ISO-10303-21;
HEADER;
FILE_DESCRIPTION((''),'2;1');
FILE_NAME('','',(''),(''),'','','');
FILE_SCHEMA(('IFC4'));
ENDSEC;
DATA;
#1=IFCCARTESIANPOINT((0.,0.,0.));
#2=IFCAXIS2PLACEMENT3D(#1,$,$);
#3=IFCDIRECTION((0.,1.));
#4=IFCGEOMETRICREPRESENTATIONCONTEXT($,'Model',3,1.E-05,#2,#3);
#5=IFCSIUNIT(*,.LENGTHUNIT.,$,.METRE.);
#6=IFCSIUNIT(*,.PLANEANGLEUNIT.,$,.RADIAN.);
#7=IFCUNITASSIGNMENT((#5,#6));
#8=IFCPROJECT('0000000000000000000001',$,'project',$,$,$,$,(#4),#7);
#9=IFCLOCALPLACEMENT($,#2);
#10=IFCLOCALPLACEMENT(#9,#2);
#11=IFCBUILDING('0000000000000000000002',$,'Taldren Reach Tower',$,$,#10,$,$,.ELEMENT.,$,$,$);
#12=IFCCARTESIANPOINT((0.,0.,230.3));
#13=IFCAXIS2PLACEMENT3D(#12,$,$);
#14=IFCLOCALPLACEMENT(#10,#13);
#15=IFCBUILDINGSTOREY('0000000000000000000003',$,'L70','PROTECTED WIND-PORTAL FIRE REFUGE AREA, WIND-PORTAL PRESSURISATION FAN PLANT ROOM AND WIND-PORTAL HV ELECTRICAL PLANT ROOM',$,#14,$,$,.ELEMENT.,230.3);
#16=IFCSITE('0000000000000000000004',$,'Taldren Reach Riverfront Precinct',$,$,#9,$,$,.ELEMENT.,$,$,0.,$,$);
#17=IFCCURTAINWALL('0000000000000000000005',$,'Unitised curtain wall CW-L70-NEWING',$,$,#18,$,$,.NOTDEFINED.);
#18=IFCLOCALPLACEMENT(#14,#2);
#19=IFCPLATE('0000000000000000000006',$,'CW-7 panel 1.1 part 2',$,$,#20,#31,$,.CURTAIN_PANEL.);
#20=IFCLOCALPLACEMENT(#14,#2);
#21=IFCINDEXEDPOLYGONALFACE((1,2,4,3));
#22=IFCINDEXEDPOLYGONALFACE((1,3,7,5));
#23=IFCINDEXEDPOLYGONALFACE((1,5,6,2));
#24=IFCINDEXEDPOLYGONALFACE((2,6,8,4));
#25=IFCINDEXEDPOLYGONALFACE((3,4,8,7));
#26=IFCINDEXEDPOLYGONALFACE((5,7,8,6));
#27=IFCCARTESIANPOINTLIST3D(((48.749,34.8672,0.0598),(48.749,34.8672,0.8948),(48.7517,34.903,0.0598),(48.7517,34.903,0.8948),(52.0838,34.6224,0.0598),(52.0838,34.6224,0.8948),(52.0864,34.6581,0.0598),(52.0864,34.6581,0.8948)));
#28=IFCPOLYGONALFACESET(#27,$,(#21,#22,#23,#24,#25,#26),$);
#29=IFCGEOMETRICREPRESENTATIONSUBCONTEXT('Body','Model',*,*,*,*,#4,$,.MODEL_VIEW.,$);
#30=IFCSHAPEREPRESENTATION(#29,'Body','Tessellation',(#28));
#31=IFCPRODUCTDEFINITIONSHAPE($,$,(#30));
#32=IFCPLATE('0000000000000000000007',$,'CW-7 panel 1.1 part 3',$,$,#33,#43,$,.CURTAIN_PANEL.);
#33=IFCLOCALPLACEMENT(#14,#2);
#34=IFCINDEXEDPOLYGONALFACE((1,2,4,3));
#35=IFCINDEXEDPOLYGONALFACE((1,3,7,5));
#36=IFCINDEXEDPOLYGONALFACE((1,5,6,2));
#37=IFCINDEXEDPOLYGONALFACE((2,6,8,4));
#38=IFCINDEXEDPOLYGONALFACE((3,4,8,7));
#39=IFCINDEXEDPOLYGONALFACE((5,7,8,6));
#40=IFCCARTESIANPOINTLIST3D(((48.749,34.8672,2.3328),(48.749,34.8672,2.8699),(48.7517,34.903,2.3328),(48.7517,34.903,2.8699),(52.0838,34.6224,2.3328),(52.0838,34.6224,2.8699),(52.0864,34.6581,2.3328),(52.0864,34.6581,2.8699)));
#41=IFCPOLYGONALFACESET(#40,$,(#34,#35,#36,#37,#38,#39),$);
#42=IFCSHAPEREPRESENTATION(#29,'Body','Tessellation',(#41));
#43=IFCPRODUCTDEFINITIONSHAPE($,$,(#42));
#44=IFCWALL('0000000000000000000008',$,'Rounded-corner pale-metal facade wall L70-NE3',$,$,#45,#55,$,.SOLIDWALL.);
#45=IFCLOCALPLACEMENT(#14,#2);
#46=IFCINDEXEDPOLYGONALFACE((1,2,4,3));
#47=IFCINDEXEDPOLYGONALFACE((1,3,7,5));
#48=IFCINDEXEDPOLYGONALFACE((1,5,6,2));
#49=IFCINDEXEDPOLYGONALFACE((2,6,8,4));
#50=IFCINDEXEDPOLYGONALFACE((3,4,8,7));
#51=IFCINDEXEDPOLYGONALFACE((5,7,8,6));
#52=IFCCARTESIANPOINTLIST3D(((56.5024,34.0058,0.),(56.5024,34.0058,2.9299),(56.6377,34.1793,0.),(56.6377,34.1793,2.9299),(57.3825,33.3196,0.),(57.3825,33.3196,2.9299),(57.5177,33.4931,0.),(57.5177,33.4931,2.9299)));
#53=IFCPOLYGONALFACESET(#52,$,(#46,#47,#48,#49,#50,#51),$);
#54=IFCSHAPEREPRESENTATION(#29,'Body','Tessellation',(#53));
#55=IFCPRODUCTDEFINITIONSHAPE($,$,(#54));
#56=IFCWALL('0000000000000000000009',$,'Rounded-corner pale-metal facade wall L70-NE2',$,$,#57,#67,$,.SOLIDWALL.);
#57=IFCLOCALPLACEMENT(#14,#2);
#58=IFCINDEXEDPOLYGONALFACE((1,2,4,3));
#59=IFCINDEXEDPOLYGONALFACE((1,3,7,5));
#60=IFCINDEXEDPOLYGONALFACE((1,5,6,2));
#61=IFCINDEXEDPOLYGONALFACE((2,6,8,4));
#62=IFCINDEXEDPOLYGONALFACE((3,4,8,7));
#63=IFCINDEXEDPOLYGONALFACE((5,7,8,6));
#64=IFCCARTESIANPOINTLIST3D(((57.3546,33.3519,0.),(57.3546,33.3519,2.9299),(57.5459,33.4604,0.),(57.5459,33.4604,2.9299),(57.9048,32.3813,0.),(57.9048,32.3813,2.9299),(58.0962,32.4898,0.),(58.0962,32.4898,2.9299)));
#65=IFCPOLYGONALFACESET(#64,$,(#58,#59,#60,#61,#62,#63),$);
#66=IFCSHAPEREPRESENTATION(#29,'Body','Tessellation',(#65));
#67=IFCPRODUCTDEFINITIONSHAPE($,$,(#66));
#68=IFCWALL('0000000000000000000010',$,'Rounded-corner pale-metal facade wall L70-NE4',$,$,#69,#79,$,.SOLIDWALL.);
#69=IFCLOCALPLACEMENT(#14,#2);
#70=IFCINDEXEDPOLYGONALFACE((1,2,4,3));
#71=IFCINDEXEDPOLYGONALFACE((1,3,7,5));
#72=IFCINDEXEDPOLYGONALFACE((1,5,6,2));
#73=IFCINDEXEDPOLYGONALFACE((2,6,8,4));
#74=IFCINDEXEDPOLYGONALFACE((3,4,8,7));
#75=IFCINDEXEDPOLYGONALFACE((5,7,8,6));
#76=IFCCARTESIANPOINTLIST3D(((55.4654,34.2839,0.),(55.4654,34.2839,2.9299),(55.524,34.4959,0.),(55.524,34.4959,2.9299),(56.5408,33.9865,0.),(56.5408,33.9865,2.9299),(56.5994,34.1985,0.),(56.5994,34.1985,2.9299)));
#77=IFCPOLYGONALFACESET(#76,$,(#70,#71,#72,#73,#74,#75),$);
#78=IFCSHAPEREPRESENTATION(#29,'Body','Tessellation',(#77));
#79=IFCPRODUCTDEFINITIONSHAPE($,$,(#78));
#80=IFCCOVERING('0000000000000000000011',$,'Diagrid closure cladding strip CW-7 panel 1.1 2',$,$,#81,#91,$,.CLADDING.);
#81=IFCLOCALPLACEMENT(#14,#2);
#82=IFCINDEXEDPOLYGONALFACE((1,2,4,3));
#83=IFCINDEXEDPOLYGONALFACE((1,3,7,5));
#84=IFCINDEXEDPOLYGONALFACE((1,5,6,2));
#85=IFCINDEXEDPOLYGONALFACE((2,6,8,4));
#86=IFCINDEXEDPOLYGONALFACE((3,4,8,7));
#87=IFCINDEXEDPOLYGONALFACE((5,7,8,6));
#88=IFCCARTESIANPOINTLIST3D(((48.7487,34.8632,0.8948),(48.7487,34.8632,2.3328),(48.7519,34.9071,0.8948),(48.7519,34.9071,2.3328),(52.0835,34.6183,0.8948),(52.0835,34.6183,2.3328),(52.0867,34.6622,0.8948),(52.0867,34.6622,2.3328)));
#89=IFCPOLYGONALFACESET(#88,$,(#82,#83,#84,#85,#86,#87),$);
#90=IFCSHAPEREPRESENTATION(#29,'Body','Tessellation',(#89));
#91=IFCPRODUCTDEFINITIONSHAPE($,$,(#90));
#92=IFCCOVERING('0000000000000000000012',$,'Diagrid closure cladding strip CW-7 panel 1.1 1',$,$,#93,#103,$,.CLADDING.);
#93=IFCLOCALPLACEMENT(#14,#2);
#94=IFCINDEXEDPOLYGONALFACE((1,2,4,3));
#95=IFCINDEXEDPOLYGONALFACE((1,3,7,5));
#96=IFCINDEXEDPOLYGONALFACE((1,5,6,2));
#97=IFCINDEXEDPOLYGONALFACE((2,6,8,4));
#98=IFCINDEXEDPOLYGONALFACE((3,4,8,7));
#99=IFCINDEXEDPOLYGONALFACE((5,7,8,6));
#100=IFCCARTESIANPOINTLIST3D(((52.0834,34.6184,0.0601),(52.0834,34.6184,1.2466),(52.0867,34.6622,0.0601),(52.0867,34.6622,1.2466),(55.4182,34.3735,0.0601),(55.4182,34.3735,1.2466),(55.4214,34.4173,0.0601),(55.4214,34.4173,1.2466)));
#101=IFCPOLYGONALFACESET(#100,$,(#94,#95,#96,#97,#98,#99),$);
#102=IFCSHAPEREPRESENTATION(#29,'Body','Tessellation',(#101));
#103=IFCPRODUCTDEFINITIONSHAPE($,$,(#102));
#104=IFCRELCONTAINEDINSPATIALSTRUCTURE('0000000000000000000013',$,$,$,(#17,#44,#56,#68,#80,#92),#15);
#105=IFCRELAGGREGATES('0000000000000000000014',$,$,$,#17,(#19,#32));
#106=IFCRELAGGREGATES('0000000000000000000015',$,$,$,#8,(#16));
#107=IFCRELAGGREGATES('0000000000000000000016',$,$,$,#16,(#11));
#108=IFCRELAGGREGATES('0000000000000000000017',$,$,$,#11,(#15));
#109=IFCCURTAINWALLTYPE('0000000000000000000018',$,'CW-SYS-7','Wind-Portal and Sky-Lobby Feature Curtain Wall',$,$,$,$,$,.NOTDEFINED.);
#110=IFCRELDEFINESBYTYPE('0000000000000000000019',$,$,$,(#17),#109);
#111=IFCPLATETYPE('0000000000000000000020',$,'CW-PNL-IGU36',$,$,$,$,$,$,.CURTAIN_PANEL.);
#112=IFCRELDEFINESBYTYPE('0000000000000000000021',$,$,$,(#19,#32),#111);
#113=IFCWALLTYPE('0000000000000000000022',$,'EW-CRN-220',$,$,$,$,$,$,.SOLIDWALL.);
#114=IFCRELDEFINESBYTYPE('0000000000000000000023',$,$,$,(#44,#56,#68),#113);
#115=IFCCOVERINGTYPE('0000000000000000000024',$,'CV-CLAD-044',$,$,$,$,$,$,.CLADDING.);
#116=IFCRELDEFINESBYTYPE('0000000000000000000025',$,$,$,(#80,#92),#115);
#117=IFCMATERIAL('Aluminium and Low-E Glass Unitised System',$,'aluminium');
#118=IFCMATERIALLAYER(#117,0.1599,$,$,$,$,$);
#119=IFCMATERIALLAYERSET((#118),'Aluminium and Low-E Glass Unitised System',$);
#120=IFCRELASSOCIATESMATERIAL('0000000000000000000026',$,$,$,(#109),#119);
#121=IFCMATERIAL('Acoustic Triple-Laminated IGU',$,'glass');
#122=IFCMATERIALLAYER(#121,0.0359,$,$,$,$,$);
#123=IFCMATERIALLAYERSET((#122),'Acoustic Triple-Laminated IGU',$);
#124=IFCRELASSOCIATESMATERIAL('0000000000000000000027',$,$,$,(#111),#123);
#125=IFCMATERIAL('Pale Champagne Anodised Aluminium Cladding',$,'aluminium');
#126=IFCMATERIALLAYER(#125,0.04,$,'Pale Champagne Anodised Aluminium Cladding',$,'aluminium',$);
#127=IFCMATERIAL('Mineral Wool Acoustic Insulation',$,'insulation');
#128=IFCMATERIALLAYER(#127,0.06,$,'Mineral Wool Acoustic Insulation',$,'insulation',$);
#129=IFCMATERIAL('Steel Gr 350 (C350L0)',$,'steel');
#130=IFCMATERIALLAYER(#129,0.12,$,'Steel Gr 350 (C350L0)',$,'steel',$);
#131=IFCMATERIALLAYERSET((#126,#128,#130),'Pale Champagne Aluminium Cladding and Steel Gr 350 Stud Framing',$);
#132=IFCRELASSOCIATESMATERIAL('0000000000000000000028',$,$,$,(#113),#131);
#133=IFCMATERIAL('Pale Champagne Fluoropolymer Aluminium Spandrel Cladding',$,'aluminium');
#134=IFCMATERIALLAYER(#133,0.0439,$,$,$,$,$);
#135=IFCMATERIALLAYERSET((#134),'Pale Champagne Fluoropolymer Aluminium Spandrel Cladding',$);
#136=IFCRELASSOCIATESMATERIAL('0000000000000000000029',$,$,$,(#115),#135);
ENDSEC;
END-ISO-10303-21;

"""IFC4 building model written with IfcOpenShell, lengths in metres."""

from ifc_helpers import new_model, si_unit, direction, frame, frame_2d, origin, origin_2d, place, context, subcontext, project, spatial, rectangle, extrude, source, transform, mapped, material, layer, layer_set, type_object, element, aggregate, save


model = new_model("IFC4")

# Units and contexts
model_context = context("Model", 3, precision=1e-05, world=origin(), true_north=direction((0.0, 1.0)))
body_context = subcontext(model_context, "Body", "Model", "MODEL_VIEW")
ifc_project = project(units=[si_unit("LENGTHUNIT", "METRE"), si_unit("PLANEANGLEUNIT", "RADIAN")], contexts=[model_context])

# Site, building, storey
site_placement = place(None, origin())
site = spatial("IfcSite", under=ifc_project, at=site_placement, Name="Taldren Reach Riverfront Precinct", CompositionType="ELEMENT", RefElevation=0.0)
building_placement = place(site_placement, origin())
building = spatial("IfcBuilding", under=site, at=building_placement, Name="Taldren Reach Tower", CompositionType="ELEMENT")
storey_placement = place(building_placement, frame((0.0, 0.0, 230.3)))
storey = spatial("IfcBuildingStorey", under=building, at=storey_placement, Name="L70", Description="PROTECTED WIND-PORTAL FIRE REFUGE AREA, WIND-PORTAL PRESSURISATION FAN PLANT ROOM AND WIND-PORTAL HV ELECTRICAL PLANT ROOM", CompositionType="ELEMENT", Elevation=230.3)

# Shared definitions
ifc_material_1 = material(Name="Steel Gr 350 (C350L0)", Category="steel")

# Curtain wall
ifc_material_2 = material(Name="Aluminium and Low-E Glass Unitised System", Category="aluminium")
ifc_layer_1 = layer(ifc_material_2, 0.1599)
ifc_layer_set_1 = layer_set([ifc_layer_1], Name="Aluminium and Low-E Glass Unitised System")
curtain_wall_type = type_object("IfcCurtainWallType", Name="CW-SYS-7", Description="Wind-Portal and Sky-Lobby Feature Curtain Wall", PredefinedType="NOTDEFINED", material=ifc_layer_set_1)
curtain_wall_placement = place(storey_placement, origin())
curtain_wall = element("IfcCurtainWall", 1, at=curtain_wall_placement, inside=storey, type_object=curtain_wall_type, Name="Unitised curtain wall CW-L70-NEWING", PredefinedType="NOTDEFINED")

# Plates
ifc_material_3 = material(Name="Acoustic Triple-Laminated IGU", Category="glass")
ifc_layer_2 = layer(ifc_material_3, 0.0359)
ifc_layer_set_2 = layer_set([ifc_layer_2], Name="Acoustic Triple-Laminated IGU")
plate_type_1 = type_object("IfcPlateType", Name="CW-PNL-IGU36", PredefinedType="CURTAIN_PANEL", material=ifc_layer_set_2)
shared_shape_1 = source(origin(), body_context, "Body", "SweptSolid", [
    extrude(rectangle(XDim=3.3438, YDim=0.0359, at=origin_2d()), origin(), (0.0, 0.0, 1.0), 0.835),
])
plate_1_placement = place(storey_placement, frame((50.4177, 34.7627, 0.0598), z_axis=(0.0, 0.0, 1.0), x_axis=(-0.997314, 0.073238, 0.0)))
plate_1 = element("IfcPlate", 2, at=plate_1_placement, type_object=plate_type_1, Name="CW-7 panel 1.1 part 2", PredefinedType="CURTAIN_PANEL", context=body_context, shape_type="MappedRepresentation", body=[
    mapped(shared_shape_1, transform((0.0, 0.0, 0.0), scale=1.0)),
])
shared_shape_2 = source(origin(), body_context, "Body", "SweptSolid", [
    extrude(rectangle(XDim=3.3438, YDim=0.0359, at=origin_2d()), origin(), (0.0, 0.0, 1.0), 0.5371),
])
plate_2_placement = place(storey_placement, frame((50.4177, 34.7627, 2.3328), z_axis=(0.0, 0.0, 1.0), x_axis=(-0.997314, 0.073238, 0.0)))
plate_2 = element("IfcPlate", 3, at=plate_2_placement, type_object=plate_type_1, Name="CW-7 panel 1.1 part 3", PredefinedType="CURTAIN_PANEL", context=body_context, shape_type="MappedRepresentation", body=[
    mapped(shared_shape_2, transform((0.0, 0.0, 0.0), scale=1.0)),
])
aggregate(curtain_wall, [plate_1, plate_2])

# Walls
ifc_material_4 = material(Name="Pale Champagne Anodised Aluminium Cladding", Category="aluminium")
ifc_layer_3 = layer(ifc_material_4, 0.04, Name="Pale Champagne Anodised Aluminium Cladding", Category="aluminium")
ifc_material_5 = material(Name="Mineral Wool Acoustic Insulation", Category="insulation")
ifc_layer_4 = layer(ifc_material_5, 0.06, Name="Mineral Wool Acoustic Insulation", Category="insulation")
ifc_layer_5 = layer(ifc_material_1, 0.12, Name="Steel Gr 350 (C350L0)", Category="steel")
ifc_layer_set_3 = layer_set([ifc_layer_3, ifc_layer_4, ifc_layer_5], Name="Pale Champagne Aluminium Cladding and Steel Gr 350 Stud Framing")
wall_type = type_object("IfcWallType", Name="EW-CRN-220", PredefinedType="SOLIDWALL", material=ifc_layer_set_3)
shared_shape_3 = source(origin(), body_context, "Body", "SweptSolid", [
    extrude(rectangle(XDim=1.116, YDim=0.22, at=frame_2d((0.5581, 0.0))), origin(), (0.0, 0.0, 1.0), 2.9299),
])
wall_placement = place(storey_placement, frame((57.4502, 33.4062, 0.0), z_axis=(0.0, 0.0, 1.0), x_axis=(-0.788598, 0.614909, 0.0)))
element("IfcWall", 4, at=wall_placement, inside=storey, type_object=wall_type, Name="Rounded-corner pale-metal facade wall L70-NE3", PredefinedType="SOLIDWALL", context=body_context, shape_type="MappedRepresentation", body=[
    mapped(shared_shape_3, transform((0.0, 0.0, 0.0), scale=1.0)),
])
shared_shape_4 = source(origin(), body_context, "Body", "SweptSolid", [
    extrude(rectangle(XDim=1.1157, YDim=0.22, at=frame_2d((0.5579, 0.0))), origin(), (0.0, 0.0, 1.0), 2.9299),
])
for number, where, z_axis, x_axis, name in (
    (5, (58.0005, 32.4355, 0.0), (0.0, 0.0, 1.0), (-0.493167, 0.869935, 0.0), "Rounded-corner pale-metal facade wall L70-NE2"),
    (6, (56.5701, 34.0925, 0.0), (0.0, 0.0, 1.0), (-0.963834, 0.266504, 0.0), "Rounded-corner pale-metal facade wall L70-NE4"),
):
    element("IfcWall", number, at=place(storey_placement, frame(where, z_axis=z_axis, x_axis=x_axis)), inside=storey, type_object=wall_type, Name=name, PredefinedType="SOLIDWALL", context=body_context, shape_type="MappedRepresentation", body=[
        mapped(shared_shape_4, transform((0.0, 0.0, 0.0), scale=1.0)),
    ])

# Coverings
ifc_material_6 = material(Name="Pale Champagne Fluoropolymer Aluminium Spandrel Cladding", Category="aluminium")
ifc_layer_6 = layer(ifc_material_6, 0.0439)
ifc_layer_set_4 = layer_set([ifc_layer_6], Name="Pale Champagne Fluoropolymer Aluminium Spandrel Cladding")
covering_type = type_object("IfcCoveringType", Name="CV-CLAD-044", PredefinedType="CLADDING", material=ifc_layer_set_4)
shared_shape_5 = source(origin(), body_context, "Body", "SweptSolid", [
    extrude(rectangle(XDim=3.3438, YDim=0.0439, at=origin_2d()), origin(), (0.0, 0.0, 1.0), 1.438),
])
covering_1_placement = place(storey_placement, frame((50.4177, 34.7627, 0.8948), z_axis=(0.0, 0.0, 1.0), x_axis=(-0.997314, 0.073238, 0.0)))
element("IfcCovering", 7, at=covering_1_placement, inside=storey, type_object=covering_type, Name="Diagrid closure cladding strip CW-7 panel 1.1 2", PredefinedType="CLADDING", context=body_context, shape_type="MappedRepresentation", body=[
    mapped(shared_shape_5, transform((0.0, 0.0, 0.0), scale=1.0)),
])
shared_shape_6 = source(origin(), body_context, "Body", "SweptSolid", [
    extrude(rectangle(XDim=3.3438, YDim=0.0439, at=origin_2d()), origin(), (0.0, 0.0, 1.0), 1.1865),
])
covering_2_placement = place(storey_placement, frame((53.7524, 34.5178, 0.0601), z_axis=(0.0, 0.0, 1.0), x_axis=(-0.997314, 0.073238, 0.0)))
element("IfcCovering", 8, at=covering_2_placement, inside=storey, type_object=covering_type, Name="Diagrid closure cladding strip CW-7 panel 1.1 1", PredefinedType="CLADDING", context=body_context, shape_type="MappedRepresentation", body=[
    mapped(shared_shape_6, transform((0.0, 0.0, 0.0), scale=1.0)),
])

save(model, "model.ifc")
